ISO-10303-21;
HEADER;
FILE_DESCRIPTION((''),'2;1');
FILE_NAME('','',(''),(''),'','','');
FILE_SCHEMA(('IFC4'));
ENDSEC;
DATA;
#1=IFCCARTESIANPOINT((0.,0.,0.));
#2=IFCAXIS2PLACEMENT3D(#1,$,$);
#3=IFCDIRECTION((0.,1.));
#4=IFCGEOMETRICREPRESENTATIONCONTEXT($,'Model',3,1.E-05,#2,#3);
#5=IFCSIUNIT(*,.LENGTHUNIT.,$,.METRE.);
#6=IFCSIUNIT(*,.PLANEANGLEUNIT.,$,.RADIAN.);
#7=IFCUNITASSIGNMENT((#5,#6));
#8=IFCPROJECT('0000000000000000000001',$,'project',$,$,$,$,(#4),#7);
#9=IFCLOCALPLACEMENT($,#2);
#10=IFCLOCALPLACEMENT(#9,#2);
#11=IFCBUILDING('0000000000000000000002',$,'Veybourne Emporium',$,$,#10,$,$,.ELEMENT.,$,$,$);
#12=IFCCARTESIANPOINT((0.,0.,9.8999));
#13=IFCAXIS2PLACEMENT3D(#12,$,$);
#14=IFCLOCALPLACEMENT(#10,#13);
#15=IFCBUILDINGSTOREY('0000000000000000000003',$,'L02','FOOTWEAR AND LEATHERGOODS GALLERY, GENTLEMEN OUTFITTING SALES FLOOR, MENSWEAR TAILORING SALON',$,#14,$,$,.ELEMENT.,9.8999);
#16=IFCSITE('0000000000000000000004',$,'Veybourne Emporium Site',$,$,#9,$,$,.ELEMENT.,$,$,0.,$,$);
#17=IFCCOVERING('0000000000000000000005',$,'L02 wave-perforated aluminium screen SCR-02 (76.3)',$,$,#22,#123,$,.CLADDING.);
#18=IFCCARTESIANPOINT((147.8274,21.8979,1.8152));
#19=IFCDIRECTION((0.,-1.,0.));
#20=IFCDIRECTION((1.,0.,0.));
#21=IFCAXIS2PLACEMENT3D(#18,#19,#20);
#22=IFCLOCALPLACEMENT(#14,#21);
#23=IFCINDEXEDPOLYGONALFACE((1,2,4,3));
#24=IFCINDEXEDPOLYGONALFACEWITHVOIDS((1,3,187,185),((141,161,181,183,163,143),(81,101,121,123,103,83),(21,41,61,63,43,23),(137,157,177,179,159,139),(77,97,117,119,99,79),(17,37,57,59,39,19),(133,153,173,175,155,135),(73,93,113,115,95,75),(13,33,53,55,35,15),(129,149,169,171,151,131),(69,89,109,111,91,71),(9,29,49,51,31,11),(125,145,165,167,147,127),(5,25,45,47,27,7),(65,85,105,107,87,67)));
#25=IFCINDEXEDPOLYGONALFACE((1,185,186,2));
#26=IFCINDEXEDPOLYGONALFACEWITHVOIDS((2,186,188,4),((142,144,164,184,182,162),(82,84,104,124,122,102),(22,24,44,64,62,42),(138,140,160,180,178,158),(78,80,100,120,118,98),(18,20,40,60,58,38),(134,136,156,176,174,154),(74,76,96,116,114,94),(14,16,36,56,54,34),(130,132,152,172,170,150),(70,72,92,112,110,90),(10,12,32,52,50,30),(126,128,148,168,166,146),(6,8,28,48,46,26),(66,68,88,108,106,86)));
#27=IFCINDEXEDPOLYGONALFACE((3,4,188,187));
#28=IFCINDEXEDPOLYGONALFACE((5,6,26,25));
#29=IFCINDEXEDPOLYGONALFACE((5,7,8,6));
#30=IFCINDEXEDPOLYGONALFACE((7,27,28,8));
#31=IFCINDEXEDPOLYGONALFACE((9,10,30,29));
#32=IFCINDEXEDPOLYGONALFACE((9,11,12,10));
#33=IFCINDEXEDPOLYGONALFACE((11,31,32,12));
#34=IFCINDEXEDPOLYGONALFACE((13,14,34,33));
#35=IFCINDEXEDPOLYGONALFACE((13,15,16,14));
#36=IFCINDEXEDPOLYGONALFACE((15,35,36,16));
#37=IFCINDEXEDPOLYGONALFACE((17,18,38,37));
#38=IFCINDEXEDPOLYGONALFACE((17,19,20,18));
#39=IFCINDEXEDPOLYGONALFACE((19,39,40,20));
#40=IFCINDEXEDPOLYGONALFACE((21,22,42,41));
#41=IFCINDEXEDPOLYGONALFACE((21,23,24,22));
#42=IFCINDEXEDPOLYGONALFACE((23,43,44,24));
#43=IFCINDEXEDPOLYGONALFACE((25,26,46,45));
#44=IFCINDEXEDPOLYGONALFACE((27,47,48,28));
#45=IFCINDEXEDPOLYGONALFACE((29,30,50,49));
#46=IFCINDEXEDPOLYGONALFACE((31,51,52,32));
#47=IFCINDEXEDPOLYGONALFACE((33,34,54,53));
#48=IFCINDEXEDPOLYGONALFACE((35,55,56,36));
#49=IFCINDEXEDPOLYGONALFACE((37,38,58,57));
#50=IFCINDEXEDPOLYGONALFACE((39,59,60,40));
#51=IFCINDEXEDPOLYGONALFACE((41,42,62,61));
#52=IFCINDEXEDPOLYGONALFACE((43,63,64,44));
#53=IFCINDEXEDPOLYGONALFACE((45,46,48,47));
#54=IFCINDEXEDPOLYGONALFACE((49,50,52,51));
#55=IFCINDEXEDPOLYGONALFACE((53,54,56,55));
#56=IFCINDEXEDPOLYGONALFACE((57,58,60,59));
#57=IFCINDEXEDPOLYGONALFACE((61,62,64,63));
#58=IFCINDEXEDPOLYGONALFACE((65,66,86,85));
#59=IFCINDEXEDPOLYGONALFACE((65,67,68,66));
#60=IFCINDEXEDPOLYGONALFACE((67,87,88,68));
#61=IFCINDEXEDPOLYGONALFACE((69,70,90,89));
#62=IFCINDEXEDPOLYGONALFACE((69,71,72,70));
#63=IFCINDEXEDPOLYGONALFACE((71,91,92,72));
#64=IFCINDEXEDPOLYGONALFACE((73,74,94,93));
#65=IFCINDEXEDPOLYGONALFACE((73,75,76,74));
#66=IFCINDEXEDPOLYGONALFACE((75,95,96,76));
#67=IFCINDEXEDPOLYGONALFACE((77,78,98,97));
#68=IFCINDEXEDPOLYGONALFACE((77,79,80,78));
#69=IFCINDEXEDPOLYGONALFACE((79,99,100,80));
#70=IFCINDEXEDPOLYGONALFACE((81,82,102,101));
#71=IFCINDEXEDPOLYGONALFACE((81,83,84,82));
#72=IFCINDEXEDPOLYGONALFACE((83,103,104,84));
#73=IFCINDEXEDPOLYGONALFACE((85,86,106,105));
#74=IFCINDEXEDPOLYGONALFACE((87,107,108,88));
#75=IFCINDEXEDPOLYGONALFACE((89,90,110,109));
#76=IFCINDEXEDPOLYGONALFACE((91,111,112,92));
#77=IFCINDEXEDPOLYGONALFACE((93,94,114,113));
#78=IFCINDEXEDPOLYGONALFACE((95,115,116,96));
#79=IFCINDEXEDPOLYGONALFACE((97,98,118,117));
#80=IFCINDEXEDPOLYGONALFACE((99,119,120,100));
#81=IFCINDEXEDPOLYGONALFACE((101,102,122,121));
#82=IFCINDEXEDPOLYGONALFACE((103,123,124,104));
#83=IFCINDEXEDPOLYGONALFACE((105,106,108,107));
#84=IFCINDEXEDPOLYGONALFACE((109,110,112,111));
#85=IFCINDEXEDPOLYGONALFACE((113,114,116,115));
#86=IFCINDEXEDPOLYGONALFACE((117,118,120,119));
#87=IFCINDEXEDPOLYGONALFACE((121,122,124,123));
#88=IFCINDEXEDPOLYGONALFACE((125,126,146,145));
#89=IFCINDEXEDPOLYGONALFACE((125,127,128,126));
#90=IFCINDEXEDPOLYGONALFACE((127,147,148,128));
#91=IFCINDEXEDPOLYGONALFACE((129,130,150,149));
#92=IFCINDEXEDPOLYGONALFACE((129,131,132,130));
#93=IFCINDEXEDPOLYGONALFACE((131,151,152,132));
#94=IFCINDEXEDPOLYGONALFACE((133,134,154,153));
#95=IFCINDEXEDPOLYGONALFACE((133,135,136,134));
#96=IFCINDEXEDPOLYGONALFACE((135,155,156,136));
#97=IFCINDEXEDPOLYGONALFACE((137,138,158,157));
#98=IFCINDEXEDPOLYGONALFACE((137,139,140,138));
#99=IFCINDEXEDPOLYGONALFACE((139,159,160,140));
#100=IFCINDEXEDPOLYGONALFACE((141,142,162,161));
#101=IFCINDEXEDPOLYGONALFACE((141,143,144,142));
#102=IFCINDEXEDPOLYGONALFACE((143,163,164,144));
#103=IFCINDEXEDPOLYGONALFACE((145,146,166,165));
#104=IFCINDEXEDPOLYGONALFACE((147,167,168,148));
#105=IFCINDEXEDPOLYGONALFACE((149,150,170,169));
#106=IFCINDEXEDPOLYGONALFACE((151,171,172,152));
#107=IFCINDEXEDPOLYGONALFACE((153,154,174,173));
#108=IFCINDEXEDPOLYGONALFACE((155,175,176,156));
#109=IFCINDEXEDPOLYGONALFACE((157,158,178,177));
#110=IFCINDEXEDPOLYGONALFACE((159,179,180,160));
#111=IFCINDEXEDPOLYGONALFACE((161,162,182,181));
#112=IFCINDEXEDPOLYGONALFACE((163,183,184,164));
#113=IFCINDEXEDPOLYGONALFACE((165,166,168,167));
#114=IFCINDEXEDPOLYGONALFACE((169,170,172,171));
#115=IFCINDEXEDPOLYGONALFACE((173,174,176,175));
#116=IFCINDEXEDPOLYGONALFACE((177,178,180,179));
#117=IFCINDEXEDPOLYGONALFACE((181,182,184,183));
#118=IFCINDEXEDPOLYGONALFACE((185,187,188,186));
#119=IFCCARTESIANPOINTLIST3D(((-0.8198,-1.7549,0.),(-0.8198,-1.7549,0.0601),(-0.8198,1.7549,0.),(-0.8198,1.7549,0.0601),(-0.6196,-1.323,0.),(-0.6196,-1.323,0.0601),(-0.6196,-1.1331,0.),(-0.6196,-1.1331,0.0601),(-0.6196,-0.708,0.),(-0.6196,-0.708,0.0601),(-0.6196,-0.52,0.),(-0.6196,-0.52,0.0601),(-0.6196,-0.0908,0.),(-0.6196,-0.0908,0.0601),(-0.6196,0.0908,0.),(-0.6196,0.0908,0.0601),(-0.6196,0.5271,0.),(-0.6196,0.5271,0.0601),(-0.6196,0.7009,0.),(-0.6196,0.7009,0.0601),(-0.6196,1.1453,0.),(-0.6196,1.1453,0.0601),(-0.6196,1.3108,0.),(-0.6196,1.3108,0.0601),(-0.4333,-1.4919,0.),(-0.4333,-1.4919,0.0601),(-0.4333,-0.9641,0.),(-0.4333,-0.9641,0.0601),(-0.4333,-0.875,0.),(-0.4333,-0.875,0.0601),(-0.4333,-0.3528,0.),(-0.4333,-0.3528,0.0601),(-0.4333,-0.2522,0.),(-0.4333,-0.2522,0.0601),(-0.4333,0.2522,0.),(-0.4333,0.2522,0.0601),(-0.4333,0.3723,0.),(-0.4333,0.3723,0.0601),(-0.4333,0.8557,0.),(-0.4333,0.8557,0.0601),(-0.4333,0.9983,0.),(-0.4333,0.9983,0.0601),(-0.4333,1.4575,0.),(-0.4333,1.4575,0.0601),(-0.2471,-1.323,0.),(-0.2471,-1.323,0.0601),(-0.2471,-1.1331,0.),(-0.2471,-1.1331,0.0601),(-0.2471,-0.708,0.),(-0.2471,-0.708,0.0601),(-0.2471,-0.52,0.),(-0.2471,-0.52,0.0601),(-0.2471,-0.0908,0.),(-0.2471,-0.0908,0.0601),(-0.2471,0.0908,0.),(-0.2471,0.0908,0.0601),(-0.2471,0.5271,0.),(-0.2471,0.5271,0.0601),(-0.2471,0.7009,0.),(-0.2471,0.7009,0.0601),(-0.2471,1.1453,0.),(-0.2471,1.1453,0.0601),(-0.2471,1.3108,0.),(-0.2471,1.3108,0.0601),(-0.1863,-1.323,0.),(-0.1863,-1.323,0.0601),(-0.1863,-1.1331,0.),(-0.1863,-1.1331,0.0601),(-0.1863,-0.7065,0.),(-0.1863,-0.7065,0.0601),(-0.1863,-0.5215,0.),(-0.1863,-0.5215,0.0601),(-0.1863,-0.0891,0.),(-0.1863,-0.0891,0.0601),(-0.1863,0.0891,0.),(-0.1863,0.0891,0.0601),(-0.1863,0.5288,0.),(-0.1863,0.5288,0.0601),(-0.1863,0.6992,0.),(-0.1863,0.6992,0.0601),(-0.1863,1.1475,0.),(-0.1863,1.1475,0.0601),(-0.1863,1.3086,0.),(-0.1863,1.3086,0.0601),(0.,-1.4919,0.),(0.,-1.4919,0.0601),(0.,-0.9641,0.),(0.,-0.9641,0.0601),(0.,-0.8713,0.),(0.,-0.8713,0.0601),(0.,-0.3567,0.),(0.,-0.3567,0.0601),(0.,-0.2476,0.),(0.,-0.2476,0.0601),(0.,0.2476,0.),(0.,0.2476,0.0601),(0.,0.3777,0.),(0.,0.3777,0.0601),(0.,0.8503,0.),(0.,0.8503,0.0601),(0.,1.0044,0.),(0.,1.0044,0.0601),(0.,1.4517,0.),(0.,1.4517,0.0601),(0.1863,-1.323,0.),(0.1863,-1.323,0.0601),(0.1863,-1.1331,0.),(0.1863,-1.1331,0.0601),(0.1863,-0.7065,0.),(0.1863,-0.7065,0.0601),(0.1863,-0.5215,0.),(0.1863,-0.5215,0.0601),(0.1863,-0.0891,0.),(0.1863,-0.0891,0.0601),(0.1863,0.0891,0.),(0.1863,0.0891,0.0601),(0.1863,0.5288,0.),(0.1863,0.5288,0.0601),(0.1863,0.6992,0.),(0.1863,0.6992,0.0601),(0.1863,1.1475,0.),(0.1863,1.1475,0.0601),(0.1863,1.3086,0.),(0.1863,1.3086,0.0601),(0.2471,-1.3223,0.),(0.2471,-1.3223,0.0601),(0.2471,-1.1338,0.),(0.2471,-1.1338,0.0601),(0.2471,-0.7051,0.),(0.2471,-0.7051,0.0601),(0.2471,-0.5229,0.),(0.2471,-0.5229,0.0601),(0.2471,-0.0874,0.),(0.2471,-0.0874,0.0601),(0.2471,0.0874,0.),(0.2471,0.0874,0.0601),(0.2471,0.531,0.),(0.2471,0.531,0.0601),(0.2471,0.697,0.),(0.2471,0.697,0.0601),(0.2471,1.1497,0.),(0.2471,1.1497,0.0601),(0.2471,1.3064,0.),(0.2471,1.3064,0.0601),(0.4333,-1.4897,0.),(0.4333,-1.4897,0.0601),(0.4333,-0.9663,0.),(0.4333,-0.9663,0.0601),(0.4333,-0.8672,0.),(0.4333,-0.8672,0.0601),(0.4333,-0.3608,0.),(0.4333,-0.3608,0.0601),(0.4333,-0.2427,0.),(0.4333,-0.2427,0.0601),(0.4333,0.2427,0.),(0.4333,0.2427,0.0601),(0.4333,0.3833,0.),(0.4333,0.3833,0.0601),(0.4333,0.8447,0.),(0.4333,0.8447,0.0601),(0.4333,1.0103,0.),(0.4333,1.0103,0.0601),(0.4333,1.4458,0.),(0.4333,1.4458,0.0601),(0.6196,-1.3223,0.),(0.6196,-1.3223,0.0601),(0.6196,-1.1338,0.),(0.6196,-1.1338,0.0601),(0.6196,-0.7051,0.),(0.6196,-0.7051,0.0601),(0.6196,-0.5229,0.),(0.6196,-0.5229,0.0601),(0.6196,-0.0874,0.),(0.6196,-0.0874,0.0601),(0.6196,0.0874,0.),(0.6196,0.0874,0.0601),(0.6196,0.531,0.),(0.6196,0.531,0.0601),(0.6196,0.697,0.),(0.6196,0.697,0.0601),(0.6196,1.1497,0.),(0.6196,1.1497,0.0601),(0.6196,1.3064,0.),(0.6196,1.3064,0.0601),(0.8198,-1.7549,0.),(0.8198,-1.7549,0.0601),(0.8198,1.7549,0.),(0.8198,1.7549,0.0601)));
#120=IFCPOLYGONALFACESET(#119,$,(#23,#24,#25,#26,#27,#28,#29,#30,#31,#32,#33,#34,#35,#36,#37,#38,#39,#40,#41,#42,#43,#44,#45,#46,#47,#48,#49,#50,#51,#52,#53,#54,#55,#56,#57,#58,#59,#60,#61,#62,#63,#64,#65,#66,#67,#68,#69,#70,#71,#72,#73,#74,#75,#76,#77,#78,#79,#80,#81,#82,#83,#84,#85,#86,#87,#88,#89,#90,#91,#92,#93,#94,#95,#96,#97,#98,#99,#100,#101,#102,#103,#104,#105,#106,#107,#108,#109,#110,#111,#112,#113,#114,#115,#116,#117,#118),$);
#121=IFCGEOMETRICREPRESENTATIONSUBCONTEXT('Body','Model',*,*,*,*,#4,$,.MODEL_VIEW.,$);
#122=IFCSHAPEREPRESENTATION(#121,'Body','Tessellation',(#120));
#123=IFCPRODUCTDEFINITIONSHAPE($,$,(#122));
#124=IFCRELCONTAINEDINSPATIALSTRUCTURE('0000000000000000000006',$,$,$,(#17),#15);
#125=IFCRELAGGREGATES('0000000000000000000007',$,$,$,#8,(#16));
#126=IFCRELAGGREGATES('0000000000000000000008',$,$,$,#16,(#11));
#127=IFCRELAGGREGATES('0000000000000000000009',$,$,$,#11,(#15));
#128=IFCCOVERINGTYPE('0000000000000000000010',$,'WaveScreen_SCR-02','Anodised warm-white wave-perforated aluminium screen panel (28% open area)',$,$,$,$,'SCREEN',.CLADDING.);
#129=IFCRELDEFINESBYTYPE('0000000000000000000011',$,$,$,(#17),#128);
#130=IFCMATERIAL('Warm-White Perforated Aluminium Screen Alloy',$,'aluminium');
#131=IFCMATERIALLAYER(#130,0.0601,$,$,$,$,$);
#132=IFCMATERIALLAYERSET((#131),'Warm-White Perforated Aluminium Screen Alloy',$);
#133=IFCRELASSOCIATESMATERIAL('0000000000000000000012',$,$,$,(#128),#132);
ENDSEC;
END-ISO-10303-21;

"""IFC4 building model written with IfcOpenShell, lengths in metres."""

from ifc_helpers import new_model, si_unit, direction, frame, origin, place, context, subcontext, project, spatial, polyline, outline, extrude, material, layer, layer_set, type_object, element, save


model = new_model("IFC4")

# Units and contexts
model_context = context("Model", 3, precision=1e-05, world=origin(), true_north=direction((0.0, 1.0)))
body_context = subcontext(model_context, "Body", "Model", "MODEL_VIEW")
ifc_project = project(units=[si_unit("LENGTHUNIT", "METRE"), si_unit("PLANEANGLEUNIT", "RADIAN")], contexts=[model_context])

# Site, building, storey
site_placement = place(None, origin())
site = spatial("IfcSite", under=ifc_project, at=site_placement, Name="Veybourne Emporium Site", CompositionType="ELEMENT", RefElevation=0.0)
building_placement = place(site_placement, origin())
building = spatial("IfcBuilding", under=site, at=building_placement, Name="Veybourne Emporium", CompositionType="ELEMENT")
storey_placement = place(building_placement, frame((0.0, 0.0, 9.8999)))
storey = spatial("IfcBuildingStorey", under=building, at=storey_placement, Name="L02", Description="FOOTWEAR AND LEATHERGOODS GALLERY, GENTLEMEN OUTFITTING SALES FLOOR, MENSWEAR TAILORING SALON", CompositionType="ELEMENT", Elevation=9.8999)

# Covering
ifc_material_1 = material(Name="Warm-White Perforated Aluminium Screen Alloy", Category="aluminium")
ifc_layer_1 = layer(ifc_material_1, 0.0601)
ifc_layer_set_1 = layer_set([ifc_layer_1], Name="Warm-White Perforated Aluminium Screen Alloy")
covering_type_1 = type_object("IfcCoveringType", Name="WaveScreen_SCR-02", Description="Anodised warm-white wave-perforated aluminium screen panel (28% open area)", ElementType="SCREEN", PredefinedType="CLADDING", material=ifc_layer_set_1)
covering_1_placement = place(storey_placement, frame((147.8274, 21.8979, 1.8152), z_axis=(0.0, -1.0, 0.0), x_axis=(1.0, 0.0, 0.0)))
element("IfcCovering", 1, at=covering_1_placement, inside=storey, type_object=covering_type_1, Name="L02 wave-perforated aluminium screen SCR-02 (76.3)", PredefinedType="CLADDING", context=body_context, shape_type="SweptSolid", body=[
    extrude(outline(polyline([(-0.8198, -1.7549), (0.8198, -1.7549), (0.8198, 1.7549), (-0.8198, 1.7549), (-0.8198, -1.7549)]), holes=[polyline([(-0.4333, -0.9641), (-0.2471, -1.1331), (-0.2471, -1.323), (-0.4333, -1.4919), (-0.6196, -1.323), (-0.6196, -1.1331), (-0.4333, -0.9641)]), polyline([(-0.4333, -0.3528), (-0.2471, -0.52), (-0.2471, -0.708), (-0.4333, -0.875), (-0.6196, -0.708), (-0.6196, -0.52), (-0.4333, -0.3528)]), polyline([(-0.4333, 0.2522), (-0.2471, 0.0908), (-0.2471, -0.0908), (-0.4333, -0.2522), (-0.6196, -0.0908), (-0.6196, 0.0908), (-0.4333, 0.2522)]), polyline([(-0.4333, 0.8557), (-0.2471, 0.7009), (-0.2471, 0.5271), (-0.4333, 0.3723), (-0.6196, 0.5271), (-0.6196, 0.7009), (-0.4333, 0.8557)]), polyline([(-0.4333, 1.4575), (-0.2471, 1.3108), (-0.2471, 1.1453), (-0.4333, 0.9983), (-0.6196, 1.1453), (-0.6196, 1.3108), (-0.4333, 1.4575)]), polyline([(0.0, -0.9641), (0.1863, -1.1331), (0.1863, -1.323), (0.0, -1.4919), (-0.1863, -1.323), (-0.1863, -1.1331), (0.0, -0.9641)]), polyline([(0.0, -0.3567), (0.1863, -0.5215), (0.1863, -0.7065), (0.0, -0.8713), (-0.1863, -0.7065), (-0.1863, -0.5215), (0.0, -0.3567)]), polyline([(0.0, 0.2476), (0.1863, 0.0891), (0.1863, -0.0891), (0.0, -0.2476), (-0.1863, -0.0891), (-0.1863, 0.0891), (0.0, 0.2476)]), polyline([(0.0, 0.8503), (0.1863, 0.6992), (0.1863, 0.5288), (0.0, 0.3777), (-0.1863, 0.5288), (-0.1863, 0.6992), (0.0, 0.8503)]), polyline([(0.0, 1.4517), (0.1863, 1.3086), (0.1863, 1.1475), (0.0, 1.0044), (-0.1863, 1.1475), (-0.1863, 1.3086), (0.0, 1.4517)]), polyline([(0.4333, -0.9663), (0.6196, -1.1338), (0.6196, -1.3223), (0.4333, -1.4897), (0.2471, -1.3223), (0.2471, -1.1338), (0.4333, -0.9663)]), polyline([(0.4333, -0.3608), (0.6196, -0.5229), (0.6196, -0.7051), (0.4333, -0.8672), (0.2471, -0.7051), (0.2471, -0.5229), (0.4333, -0.3608)]), polyline([(0.4333, 0.2427), (0.6196, 0.0874), (0.6196, -0.0874), (0.4333, -0.2427), (0.2471, -0.0874), (0.2471, 0.0874), (0.4333, 0.2427)]), polyline([(0.4333, 0.8447), (0.6196, 0.697), (0.6196, 0.531), (0.4333, 0.3833), (0.2471, 0.531), (0.2471, 0.697), (0.4333, 0.8447)]), polyline([(0.4333, 1.4458), (0.6196, 1.3064), (0.6196, 1.1497), (0.4333, 1.0103), (0.2471, 1.1497), (0.2471, 1.3064), (0.4333, 1.4458)])]), origin(), (0.0, 0.0, 1.0), 0.0601),
])

save(model, "model.ifc")
